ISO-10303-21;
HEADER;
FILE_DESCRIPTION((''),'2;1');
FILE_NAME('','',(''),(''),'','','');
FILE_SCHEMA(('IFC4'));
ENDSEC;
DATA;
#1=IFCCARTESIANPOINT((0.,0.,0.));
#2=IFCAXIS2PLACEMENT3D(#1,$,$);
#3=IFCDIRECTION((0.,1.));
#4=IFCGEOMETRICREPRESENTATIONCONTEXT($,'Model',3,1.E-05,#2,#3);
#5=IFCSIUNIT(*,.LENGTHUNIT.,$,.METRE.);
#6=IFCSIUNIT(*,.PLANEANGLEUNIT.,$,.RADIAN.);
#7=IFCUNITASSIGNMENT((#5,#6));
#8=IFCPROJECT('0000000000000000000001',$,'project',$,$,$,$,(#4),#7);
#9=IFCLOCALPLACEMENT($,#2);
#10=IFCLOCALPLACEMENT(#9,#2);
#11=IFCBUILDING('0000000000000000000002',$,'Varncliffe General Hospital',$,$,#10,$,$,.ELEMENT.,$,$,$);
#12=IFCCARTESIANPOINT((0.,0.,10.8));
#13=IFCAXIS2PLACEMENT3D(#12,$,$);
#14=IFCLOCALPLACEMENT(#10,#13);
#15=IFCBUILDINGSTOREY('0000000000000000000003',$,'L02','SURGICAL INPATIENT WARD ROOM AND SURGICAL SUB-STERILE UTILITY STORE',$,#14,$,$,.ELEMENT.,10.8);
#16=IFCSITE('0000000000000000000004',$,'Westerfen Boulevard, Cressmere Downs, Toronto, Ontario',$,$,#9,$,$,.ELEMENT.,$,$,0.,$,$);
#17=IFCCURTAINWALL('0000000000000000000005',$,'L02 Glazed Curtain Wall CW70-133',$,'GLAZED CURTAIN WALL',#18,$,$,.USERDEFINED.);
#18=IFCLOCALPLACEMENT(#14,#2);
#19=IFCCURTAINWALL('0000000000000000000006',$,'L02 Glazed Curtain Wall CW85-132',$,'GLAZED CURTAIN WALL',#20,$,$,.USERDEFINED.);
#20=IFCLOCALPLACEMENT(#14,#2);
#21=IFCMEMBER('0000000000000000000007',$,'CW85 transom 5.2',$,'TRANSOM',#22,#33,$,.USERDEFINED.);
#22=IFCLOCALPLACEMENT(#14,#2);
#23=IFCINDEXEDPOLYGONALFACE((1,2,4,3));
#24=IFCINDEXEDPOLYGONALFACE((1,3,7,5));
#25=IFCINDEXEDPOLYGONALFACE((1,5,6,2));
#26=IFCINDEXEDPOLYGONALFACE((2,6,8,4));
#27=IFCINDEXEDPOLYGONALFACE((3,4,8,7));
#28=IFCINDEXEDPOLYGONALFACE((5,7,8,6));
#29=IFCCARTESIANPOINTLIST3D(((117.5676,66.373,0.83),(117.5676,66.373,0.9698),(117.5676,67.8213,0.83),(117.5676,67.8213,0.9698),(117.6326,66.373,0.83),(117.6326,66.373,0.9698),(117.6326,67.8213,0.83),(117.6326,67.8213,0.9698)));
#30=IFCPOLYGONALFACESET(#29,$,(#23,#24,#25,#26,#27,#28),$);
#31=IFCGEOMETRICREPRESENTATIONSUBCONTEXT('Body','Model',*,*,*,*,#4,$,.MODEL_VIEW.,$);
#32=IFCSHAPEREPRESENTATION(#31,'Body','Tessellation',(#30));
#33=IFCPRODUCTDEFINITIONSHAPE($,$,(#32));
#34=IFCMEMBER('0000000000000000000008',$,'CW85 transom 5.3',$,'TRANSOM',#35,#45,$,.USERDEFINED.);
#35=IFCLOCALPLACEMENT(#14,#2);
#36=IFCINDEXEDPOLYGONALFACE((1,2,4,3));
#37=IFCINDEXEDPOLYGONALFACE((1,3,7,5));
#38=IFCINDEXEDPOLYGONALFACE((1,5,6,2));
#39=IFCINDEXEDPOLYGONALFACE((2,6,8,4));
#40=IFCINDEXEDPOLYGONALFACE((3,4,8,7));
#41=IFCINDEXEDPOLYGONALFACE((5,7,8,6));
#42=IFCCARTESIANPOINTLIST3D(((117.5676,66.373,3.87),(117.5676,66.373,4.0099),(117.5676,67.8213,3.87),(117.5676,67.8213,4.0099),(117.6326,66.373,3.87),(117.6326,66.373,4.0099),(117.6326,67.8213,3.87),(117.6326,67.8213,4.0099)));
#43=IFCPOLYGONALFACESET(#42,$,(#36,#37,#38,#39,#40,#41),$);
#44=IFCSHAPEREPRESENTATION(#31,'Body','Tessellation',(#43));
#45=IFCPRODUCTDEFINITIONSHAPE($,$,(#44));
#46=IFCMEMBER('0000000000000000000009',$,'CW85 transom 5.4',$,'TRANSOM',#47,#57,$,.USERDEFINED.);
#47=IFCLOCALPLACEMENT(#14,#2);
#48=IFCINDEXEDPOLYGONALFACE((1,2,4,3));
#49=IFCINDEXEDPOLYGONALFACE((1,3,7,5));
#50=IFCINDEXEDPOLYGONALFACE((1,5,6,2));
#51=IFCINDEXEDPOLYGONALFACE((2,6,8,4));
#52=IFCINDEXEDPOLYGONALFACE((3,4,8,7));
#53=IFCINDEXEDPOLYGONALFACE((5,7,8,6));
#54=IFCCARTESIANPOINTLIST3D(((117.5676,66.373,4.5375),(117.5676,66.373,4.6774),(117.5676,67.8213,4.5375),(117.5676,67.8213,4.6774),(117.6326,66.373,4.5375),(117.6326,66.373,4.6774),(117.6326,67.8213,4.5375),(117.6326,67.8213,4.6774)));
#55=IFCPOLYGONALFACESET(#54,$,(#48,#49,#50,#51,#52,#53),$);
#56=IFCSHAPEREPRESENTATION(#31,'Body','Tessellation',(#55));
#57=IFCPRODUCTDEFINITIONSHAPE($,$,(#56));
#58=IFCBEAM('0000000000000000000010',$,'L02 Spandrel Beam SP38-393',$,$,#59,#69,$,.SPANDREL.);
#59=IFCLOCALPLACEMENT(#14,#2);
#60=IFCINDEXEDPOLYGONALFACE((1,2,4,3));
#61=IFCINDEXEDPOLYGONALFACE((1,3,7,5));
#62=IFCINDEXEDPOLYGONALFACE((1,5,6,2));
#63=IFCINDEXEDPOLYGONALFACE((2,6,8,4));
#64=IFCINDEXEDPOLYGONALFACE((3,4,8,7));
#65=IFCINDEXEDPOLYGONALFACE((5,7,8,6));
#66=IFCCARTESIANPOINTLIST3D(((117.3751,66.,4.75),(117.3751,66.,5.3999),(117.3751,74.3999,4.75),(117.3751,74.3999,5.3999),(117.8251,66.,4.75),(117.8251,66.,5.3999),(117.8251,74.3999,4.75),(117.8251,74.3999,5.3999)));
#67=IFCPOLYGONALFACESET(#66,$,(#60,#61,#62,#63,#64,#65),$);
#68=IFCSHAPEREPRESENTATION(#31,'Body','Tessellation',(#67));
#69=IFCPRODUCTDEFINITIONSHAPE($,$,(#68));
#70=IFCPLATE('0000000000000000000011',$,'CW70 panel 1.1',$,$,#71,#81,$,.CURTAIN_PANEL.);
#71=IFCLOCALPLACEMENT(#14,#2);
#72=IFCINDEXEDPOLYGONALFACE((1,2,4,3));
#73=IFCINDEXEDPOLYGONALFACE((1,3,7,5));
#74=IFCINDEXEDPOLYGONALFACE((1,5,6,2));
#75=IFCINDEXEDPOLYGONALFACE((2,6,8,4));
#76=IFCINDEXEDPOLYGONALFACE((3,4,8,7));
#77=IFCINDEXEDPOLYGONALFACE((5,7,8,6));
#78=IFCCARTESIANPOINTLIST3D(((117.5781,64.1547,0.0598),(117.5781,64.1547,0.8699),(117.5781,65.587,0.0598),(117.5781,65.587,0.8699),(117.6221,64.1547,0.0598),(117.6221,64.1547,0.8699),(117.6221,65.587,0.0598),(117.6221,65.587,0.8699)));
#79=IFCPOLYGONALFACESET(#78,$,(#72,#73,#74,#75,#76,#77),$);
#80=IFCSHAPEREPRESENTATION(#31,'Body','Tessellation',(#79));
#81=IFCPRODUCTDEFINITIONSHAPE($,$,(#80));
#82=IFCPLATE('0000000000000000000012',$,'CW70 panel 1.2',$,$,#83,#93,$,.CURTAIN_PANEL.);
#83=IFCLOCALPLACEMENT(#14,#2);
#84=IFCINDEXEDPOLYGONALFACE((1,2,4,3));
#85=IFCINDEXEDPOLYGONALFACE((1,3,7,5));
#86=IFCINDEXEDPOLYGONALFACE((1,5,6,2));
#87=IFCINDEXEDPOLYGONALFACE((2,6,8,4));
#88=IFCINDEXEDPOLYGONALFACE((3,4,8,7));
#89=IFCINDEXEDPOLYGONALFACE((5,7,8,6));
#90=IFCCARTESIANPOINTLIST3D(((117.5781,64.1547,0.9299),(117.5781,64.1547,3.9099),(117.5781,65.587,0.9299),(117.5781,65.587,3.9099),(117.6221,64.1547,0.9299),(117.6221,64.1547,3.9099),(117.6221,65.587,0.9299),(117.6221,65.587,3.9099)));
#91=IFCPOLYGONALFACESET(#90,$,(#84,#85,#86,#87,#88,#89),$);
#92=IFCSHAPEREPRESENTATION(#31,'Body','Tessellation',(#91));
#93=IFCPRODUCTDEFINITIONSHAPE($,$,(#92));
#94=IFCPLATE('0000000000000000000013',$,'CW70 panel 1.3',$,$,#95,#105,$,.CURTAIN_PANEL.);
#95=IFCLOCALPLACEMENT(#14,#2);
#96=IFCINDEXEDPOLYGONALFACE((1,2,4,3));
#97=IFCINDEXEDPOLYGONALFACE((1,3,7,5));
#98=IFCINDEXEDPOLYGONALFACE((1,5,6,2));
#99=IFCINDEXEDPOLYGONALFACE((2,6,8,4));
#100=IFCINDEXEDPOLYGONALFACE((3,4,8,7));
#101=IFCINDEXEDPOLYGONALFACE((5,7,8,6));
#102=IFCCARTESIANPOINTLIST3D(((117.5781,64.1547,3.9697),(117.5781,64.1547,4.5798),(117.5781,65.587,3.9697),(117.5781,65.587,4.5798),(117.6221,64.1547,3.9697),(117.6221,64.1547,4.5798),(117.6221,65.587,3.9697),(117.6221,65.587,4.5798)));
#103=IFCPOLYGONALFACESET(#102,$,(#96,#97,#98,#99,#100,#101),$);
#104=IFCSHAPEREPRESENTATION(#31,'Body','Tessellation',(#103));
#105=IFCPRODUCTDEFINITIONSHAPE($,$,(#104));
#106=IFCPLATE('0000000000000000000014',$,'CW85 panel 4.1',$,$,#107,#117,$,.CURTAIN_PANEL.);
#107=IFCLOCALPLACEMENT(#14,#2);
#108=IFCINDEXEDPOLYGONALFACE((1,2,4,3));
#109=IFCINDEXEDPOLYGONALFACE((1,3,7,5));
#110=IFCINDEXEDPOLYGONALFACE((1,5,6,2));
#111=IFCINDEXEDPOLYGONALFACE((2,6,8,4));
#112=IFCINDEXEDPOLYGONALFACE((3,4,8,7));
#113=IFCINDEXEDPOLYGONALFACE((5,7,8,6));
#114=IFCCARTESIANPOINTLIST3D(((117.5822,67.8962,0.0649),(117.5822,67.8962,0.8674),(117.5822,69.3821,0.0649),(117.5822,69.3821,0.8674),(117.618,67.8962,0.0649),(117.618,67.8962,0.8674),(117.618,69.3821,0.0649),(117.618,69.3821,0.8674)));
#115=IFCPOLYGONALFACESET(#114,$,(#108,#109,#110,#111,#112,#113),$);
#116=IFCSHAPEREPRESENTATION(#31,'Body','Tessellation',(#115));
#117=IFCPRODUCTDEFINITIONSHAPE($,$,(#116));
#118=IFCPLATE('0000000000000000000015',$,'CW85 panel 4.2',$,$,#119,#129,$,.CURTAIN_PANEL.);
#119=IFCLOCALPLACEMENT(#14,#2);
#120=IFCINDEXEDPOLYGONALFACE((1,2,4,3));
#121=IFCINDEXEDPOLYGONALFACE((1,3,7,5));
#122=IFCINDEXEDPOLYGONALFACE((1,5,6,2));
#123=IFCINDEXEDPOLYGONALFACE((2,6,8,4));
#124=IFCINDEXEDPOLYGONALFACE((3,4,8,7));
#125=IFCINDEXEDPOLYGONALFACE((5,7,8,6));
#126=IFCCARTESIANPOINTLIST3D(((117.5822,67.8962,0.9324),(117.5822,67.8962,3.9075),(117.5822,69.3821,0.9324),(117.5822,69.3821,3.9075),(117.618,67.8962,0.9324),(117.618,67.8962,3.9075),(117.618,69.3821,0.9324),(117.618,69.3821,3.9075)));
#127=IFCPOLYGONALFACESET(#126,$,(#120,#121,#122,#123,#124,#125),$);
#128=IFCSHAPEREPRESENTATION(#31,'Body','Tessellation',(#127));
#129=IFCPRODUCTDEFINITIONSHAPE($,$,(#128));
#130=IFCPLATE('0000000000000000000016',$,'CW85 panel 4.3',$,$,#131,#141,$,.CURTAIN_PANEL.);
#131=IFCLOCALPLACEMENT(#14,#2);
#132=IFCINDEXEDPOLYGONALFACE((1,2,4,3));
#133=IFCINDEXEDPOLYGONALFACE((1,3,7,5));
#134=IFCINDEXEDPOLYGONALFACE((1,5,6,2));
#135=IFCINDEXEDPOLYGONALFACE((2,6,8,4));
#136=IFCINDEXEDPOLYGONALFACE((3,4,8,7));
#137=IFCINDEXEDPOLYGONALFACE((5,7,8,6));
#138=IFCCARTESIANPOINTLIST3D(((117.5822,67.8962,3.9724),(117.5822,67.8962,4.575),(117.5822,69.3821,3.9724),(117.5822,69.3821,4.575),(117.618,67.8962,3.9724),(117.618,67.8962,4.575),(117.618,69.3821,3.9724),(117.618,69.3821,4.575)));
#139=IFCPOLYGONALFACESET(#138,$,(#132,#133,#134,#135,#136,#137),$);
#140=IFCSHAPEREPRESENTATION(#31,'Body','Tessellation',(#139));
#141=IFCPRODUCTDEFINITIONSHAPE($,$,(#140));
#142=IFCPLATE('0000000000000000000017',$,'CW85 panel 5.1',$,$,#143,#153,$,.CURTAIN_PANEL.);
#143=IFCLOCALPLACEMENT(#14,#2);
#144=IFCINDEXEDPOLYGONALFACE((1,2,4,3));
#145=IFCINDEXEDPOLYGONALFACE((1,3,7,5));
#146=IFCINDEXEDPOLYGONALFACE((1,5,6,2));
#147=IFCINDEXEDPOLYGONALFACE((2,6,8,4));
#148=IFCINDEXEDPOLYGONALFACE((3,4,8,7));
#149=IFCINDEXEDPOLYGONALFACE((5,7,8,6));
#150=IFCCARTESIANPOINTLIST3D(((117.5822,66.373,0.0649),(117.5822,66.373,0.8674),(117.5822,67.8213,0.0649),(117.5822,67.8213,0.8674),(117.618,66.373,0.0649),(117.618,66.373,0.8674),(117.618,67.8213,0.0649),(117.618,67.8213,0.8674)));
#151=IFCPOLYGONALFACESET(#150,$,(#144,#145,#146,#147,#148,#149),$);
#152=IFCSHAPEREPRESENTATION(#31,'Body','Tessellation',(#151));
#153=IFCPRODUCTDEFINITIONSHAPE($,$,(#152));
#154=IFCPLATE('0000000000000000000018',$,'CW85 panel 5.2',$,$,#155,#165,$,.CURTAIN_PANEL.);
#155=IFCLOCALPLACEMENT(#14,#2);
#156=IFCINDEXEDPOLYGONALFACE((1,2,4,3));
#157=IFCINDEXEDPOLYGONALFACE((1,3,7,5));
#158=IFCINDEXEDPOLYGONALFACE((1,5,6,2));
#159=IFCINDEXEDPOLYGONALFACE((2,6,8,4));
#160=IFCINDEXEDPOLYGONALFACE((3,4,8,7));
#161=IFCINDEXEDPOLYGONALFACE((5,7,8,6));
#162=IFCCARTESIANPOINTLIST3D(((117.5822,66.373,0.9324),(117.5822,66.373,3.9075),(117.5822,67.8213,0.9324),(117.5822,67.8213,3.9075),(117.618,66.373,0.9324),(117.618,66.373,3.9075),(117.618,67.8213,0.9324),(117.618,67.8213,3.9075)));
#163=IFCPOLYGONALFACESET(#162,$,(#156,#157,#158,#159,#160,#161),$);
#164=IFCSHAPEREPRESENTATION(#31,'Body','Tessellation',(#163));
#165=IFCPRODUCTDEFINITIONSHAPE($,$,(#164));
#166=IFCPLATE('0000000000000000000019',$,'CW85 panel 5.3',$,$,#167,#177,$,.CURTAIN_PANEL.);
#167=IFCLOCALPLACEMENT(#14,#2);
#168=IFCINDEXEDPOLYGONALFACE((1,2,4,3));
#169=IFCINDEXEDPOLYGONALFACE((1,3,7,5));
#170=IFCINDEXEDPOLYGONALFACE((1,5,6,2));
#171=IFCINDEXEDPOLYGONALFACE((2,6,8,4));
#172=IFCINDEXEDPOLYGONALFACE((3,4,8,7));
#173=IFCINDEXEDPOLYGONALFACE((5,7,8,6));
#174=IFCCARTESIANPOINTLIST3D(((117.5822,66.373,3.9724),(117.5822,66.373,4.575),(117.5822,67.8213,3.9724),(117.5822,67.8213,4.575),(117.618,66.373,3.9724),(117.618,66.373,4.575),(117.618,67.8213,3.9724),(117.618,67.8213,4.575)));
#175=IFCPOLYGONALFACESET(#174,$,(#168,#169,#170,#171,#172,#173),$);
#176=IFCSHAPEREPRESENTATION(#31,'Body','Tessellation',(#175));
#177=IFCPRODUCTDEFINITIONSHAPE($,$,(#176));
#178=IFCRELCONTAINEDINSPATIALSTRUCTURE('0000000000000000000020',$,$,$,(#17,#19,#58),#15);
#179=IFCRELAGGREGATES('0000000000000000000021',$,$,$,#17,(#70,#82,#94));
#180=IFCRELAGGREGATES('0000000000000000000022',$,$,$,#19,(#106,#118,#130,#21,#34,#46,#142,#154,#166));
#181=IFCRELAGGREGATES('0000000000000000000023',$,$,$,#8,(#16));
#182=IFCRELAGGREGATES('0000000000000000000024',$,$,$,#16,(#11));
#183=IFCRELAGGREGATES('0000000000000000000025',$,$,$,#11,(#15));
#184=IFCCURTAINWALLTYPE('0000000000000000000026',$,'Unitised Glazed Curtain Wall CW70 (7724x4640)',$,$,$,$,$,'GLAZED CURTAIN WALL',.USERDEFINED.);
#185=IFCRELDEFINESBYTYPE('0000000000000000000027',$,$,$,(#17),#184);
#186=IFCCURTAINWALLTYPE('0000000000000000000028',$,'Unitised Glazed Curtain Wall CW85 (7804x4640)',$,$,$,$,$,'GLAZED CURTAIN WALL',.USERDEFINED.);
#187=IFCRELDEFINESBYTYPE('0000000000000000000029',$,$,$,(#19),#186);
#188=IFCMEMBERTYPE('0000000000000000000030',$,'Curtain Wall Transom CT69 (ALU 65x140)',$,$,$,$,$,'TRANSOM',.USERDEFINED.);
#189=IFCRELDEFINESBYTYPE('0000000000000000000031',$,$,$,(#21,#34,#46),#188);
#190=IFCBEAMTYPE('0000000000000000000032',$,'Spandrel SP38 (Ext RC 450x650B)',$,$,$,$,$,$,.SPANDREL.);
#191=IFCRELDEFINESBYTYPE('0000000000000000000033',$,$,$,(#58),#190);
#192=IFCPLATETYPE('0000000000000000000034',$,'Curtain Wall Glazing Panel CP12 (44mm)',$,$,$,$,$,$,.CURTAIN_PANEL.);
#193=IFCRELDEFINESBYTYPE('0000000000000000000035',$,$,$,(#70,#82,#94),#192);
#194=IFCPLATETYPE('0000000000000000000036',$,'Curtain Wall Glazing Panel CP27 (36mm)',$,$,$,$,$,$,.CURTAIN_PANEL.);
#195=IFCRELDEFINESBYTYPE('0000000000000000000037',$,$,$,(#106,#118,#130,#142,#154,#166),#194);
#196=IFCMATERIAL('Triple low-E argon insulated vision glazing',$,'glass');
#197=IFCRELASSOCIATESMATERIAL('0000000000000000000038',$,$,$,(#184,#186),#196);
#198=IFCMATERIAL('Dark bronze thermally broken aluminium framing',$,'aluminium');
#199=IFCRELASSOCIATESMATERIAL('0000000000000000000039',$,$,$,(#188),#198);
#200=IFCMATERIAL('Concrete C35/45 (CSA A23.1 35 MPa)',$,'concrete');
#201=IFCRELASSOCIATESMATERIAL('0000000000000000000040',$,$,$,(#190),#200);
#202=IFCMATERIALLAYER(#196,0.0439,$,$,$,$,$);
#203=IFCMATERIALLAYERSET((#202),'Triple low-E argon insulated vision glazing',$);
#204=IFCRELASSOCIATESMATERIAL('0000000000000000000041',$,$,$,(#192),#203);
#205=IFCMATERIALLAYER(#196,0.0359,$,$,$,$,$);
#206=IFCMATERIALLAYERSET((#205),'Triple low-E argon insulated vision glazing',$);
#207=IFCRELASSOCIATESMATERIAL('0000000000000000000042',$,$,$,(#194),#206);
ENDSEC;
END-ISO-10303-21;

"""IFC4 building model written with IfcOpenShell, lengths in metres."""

from ifc_helpers import new_model, si_unit, direction, frame, origin, origin_2d, place, context, subcontext, project, spatial, rectangle, extrude, material, layer, layer_set, material_profile, profile_set, type_object, element, aggregate, save


model = new_model("IFC4")

# Units and contexts
model_context = context("Model", 3, precision=1e-05, world=origin(), true_north=direction((0.0, 1.0)))
body_context = subcontext(model_context, "Body", "Model", "MODEL_VIEW")
ifc_project = project(units=[si_unit("LENGTHUNIT", "METRE"), si_unit("PLANEANGLEUNIT", "RADIAN")], contexts=[model_context])

# Site, building, storey
site_placement = place(None, origin())
site = spatial("IfcSite", under=ifc_project, at=site_placement, Name="Westerfen Boulevard, Cressmere Downs, Toronto, Ontario", CompositionType="ELEMENT", RefElevation=0.0)
building_placement = place(site_placement, origin())
building = spatial("IfcBuilding", under=site, at=building_placement, Name="Varncliffe General Hospital", CompositionType="ELEMENT")
storey_placement = place(building_placement, frame((0.0, 0.0, 10.8)))
storey = spatial("IfcBuildingStorey", under=building, at=storey_placement, Name="L02", Description="SURGICAL INPATIENT WARD ROOM AND SURGICAL SUB-STERILE UTILITY STORE", CompositionType="ELEMENT", Elevation=10.8)

# Curtain walls
ifc_material_1 = material(Name="Triple low-E argon insulated vision glazing", Category="glass")
curtain_wall_type_1 = type_object("IfcCurtainWallType", Name="Unitised Glazed Curtain Wall CW70 (7724x4640)", ElementType="GLAZED CURTAIN WALL", PredefinedType="USERDEFINED", material=ifc_material_1)
curtain_wall_1_placement = place(storey_placement, origin())
curtain_wall_1 = element("IfcCurtainWall", 1, at=curtain_wall_1_placement, inside=storey, type_object=curtain_wall_type_1, Name="L02 Glazed Curtain Wall CW70-133", ObjectType="GLAZED CURTAIN WALL", PredefinedType="USERDEFINED")
ifc_material_2 = material(Name="Dark bronze thermally broken aluminium framing", Category="aluminium")
curtain_wall_type_2 = type_object("IfcCurtainWallType", Name="Unitised Glazed Curtain Wall CW85 (7804x4640)", ElementType="GLAZED CURTAIN WALL", PredefinedType="USERDEFINED", material=ifc_material_1)
curtain_wall_2_placement = place(storey_placement, origin())
curtain_wall_2 = element("IfcCurtainWall", 2, at=curtain_wall_2_placement, inside=storey, type_object=curtain_wall_type_2, Name="L02 Glazed Curtain Wall CW85-132", ObjectType="GLAZED CURTAIN WALL", PredefinedType="USERDEFINED")

# Members
ifc_material_profile_1 = material_profile(ifc_material_2, rectangle(XDim=0.0649, YDim=0.1399, at=origin_2d()), Name="ALU 65x140")
ifc_profile_set_1 = profile_set([ifc_material_profile_1], Name="Dark bronze thermally broken aluminium framing")
member_type_1 = type_object("IfcMemberType", Name="Curtain Wall Transom CT69 (ALU 65x140)", ElementType="TRANSOM", PredefinedType="USERDEFINED", material=ifc_profile_set_1)
member_1_placement = place(storey_placement, frame((117.6001, 67.8213, 0.8999), z_axis=(0.0, -1.0, 0.0), x_axis=(1.0, 0.0, 0.0)))
member_1 = element("IfcMember", 3, at=member_1_placement, type_object=member_type_1, Name="CW85 transom 5.2", ObjectType="TRANSOM", PredefinedType="USERDEFINED", context=body_context, shape_type="SweptSolid", body=[
    extrude(rectangle(XDim=0.0649, YDim=0.1399, at=origin_2d()), origin(), (0.0, 0.0, 1.0), 1.4482),
])
member_2_placement = place(storey_placement, frame((117.6001, 67.8213, 3.9399), z_axis=(0.0, -1.0, 0.0), x_axis=(1.0, 0.0, 0.0)))
member_2 = element("IfcMember", 4, at=member_2_placement, type_object=member_type_1, Name="CW85 transom 5.3", ObjectType="TRANSOM", PredefinedType="USERDEFINED", context=body_context, shape_type="SweptSolid", body=[
    extrude(rectangle(XDim=0.0649, YDim=0.1399, at=origin_2d()), origin(), (0.0, 0.0, 1.0), 1.4482),
])
member_3_placement = place(storey_placement, frame((117.6001, 67.8213, 4.6074), z_axis=(0.0, -1.0, 0.0), x_axis=(1.0, 0.0, 0.0)))
member_3 = element("IfcMember", 5, at=member_3_placement, type_object=member_type_1, Name="CW85 transom 5.4", ObjectType="TRANSOM", PredefinedType="USERDEFINED", context=body_context, shape_type="SweptSolid", body=[
    extrude(rectangle(XDim=0.0649, YDim=0.1399, at=origin_2d()), origin(), (0.0, 0.0, 1.0), 1.4482),
])

# Beam
ifc_material_3 = material(Name="Concrete C35/45 (CSA A23.1 35 MPa)", Category="concrete")
ifc_material_profile_2 = material_profile(ifc_material_3, rectangle(XDim=0.45, YDim=0.6499, at=origin_2d()), Name="RC 450x650")
ifc_profile_set_2 = profile_set([ifc_material_profile_2], Name="Concrete C35/45 (CSA A23.1 35 MPa)")
beam_type = type_object("IfcBeamType", Name="Spandrel SP38 (Ext RC 450x650B)", PredefinedType="SPANDREL", material=ifc_profile_set_2)
beam_placement = place(storey_placement, frame((117.6001, 66.0, 5.075), z_axis=(0.0, 1.0, 0.0), x_axis=(-1.0, 0.0, 0.0)))
element("IfcBeam", 6, at=beam_placement, inside=storey, type_object=beam_type, Name="L02 Spandrel Beam SP38-393", PredefinedType="SPANDREL", context=body_context, shape_type="SweptSolid", body=[
    extrude(rectangle(XDim=0.45, YDim=0.6499, at=origin_2d()), origin(), (0.0, 0.0, 1.0), 8.3999),
])

# Plates
ifc_layer_1 = layer(ifc_material_1, 0.0439)
ifc_layer_set_1 = layer_set([ifc_layer_1], Name="Triple low-E argon insulated vision glazing")
plate_type_1 = type_object("IfcPlateType", Name="Curtain Wall Glazing Panel CP12 (44mm)", PredefinedType="CURTAIN_PANEL", material=ifc_layer_set_1)
plate_1_placement = place(storey_placement, frame((117.6001, 64.8708, 0.0598), z_axis=(0.0, 0.0, 1.0), x_axis=(0.0, -1.0, 0.0)))
plate_1 = element("IfcPlate", 7, at=plate_1_placement, type_object=plate_type_1, Name="CW70 panel 1.1", PredefinedType="CURTAIN_PANEL", context=body_context, shape_type="SweptSolid", body=[
    extrude(rectangle(XDim=1.4324, YDim=0.0439, at=origin_2d()), origin(), (0.0, 0.0, 1.0), 0.8101),
])
plate_2_placement = place(storey_placement, frame((117.6001, 64.8708, 0.9299), z_axis=(0.0, 0.0, 1.0), x_axis=(0.0, -1.0, 0.0)))
plate_2 = element("IfcPlate", 8, at=plate_2_placement, type_object=plate_type_1, Name="CW70 panel 1.2", PredefinedType="CURTAIN_PANEL", context=body_context, shape_type="SweptSolid", body=[
    extrude(rectangle(XDim=1.4324, YDim=0.0439, at=origin_2d()), origin(), (0.0, 0.0, 1.0), 2.98),
])
plate_3_placement = place(storey_placement, frame((117.6001, 64.8708, 3.9697), z_axis=(0.0, 0.0, 1.0), x_axis=(0.0, -1.0, 0.0)))
plate_3 = element("IfcPlate", 9, at=plate_3_placement, type_object=plate_type_1, Name="CW70 panel 1.3", PredefinedType="CURTAIN_PANEL", context=body_context, shape_type="SweptSolid", body=[
    extrude(rectangle(XDim=1.4324, YDim=0.0439, at=origin_2d()), origin(), (0.0, 0.0, 1.0), 0.6101),
])
aggregate(curtain_wall_1, [plate_1, plate_2, plate_3])
ifc_layer_2 = layer(ifc_material_1, 0.0359)
ifc_layer_set_2 = layer_set([ifc_layer_2], Name="Triple low-E argon insulated vision glazing")
plate_type_2 = type_object("IfcPlateType", Name="Curtain Wall Glazing Panel CP27 (36mm)", PredefinedType="CURTAIN_PANEL", material=ifc_layer_set_2)
plate_4_placement = place(storey_placement, frame((117.6001, 68.6392, 0.0649), z_axis=(0.0, 0.0, 1.0), x_axis=(0.0, -1.0, 0.0)))
plate_4 = element("IfcPlate", 10, at=plate_4_placement, type_object=plate_type_2, Name="CW85 panel 4.1", PredefinedType="CURTAIN_PANEL", context=body_context, shape_type="SweptSolid", body=[
    extrude(rectangle(XDim=1.4858, YDim=0.0359, at=origin_2d()), origin(), (0.0, 0.0, 1.0), 0.8025),
])
plate_5_placement = place(storey_placement, frame((117.6001, 68.6392, 0.9324), z_axis=(0.0, 0.0, 1.0), x_axis=(0.0, -1.0, 0.0)))
plate_5 = element("IfcPlate", 11, at=plate_5_placement, type_object=plate_type_2, Name="CW85 panel 4.2", PredefinedType="CURTAIN_PANEL", context=body_context, shape_type="SweptSolid", body=[
    extrude(rectangle(XDim=1.4858, YDim=0.0359, at=origin_2d()), origin(), (0.0, 0.0, 1.0), 2.9751),
])
plate_6_placement = place(storey_placement, frame((117.6001, 68.6392, 3.9724), z_axis=(0.0, 0.0, 1.0), x_axis=(0.0, -1.0, 0.0)))
plate_6 = element("IfcPlate", 12, at=plate_6_placement, type_object=plate_type_2, Name="CW85 panel 4.3", PredefinedType="CURTAIN_PANEL", context=body_context, shape_type="SweptSolid", body=[
    extrude(rectangle(XDim=1.4858, YDim=0.0359, at=origin_2d()), origin(), (0.0, 0.0, 1.0), 0.6025),
])
plate_7_placement = place(storey_placement, frame((117.6001, 67.0972, 0.0649), z_axis=(0.0, 0.0, 1.0), x_axis=(0.0, -1.0, 0.0)))
plate_7 = element("IfcPlate", 13, at=plate_7_placement, type_object=plate_type_2, Name="CW85 panel 5.1", PredefinedType="CURTAIN_PANEL", context=body_context, shape_type="SweptSolid", body=[
    extrude(rectangle(XDim=1.4482, YDim=0.0359, at=origin_2d()), origin(), (0.0, 0.0, 1.0), 0.8025),
])
plate_8_placement = place(storey_placement, frame((117.6001, 67.0972, 0.9324), z_axis=(0.0, 0.0, 1.0), x_axis=(0.0, -1.0, 0.0)))
plate_8 = element("IfcPlate", 14, at=plate_8_placement, type_object=plate_type_2, Name="CW85 panel 5.2", PredefinedType="CURTAIN_PANEL", context=body_context, shape_type="SweptSolid", body=[
    extrude(rectangle(XDim=1.4482, YDim=0.0359, at=origin_2d()), origin(), (0.0, 0.0, 1.0), 2.9751),
])
plate_9_placement = place(storey_placement, frame((117.6001, 67.0972, 3.9724), z_axis=(0.0, 0.0, 1.0), x_axis=(0.0, -1.0, 0.0)))
plate_9 = element("IfcPlate", 15, at=plate_9_placement, type_object=plate_type_2, Name="CW85 panel 5.3", PredefinedType="CURTAIN_PANEL", context=body_context, shape_type="SweptSolid", body=[
    extrude(rectangle(XDim=1.4482, YDim=0.0359, at=origin_2d()), origin(), (0.0, 0.0, 1.0), 0.6025),
])
aggregate(curtain_wall_2, [plate_4, plate_5, plate_6, member_1, member_2, member_3, plate_7, plate_8, plate_9])

save(model, "model.ifc")
